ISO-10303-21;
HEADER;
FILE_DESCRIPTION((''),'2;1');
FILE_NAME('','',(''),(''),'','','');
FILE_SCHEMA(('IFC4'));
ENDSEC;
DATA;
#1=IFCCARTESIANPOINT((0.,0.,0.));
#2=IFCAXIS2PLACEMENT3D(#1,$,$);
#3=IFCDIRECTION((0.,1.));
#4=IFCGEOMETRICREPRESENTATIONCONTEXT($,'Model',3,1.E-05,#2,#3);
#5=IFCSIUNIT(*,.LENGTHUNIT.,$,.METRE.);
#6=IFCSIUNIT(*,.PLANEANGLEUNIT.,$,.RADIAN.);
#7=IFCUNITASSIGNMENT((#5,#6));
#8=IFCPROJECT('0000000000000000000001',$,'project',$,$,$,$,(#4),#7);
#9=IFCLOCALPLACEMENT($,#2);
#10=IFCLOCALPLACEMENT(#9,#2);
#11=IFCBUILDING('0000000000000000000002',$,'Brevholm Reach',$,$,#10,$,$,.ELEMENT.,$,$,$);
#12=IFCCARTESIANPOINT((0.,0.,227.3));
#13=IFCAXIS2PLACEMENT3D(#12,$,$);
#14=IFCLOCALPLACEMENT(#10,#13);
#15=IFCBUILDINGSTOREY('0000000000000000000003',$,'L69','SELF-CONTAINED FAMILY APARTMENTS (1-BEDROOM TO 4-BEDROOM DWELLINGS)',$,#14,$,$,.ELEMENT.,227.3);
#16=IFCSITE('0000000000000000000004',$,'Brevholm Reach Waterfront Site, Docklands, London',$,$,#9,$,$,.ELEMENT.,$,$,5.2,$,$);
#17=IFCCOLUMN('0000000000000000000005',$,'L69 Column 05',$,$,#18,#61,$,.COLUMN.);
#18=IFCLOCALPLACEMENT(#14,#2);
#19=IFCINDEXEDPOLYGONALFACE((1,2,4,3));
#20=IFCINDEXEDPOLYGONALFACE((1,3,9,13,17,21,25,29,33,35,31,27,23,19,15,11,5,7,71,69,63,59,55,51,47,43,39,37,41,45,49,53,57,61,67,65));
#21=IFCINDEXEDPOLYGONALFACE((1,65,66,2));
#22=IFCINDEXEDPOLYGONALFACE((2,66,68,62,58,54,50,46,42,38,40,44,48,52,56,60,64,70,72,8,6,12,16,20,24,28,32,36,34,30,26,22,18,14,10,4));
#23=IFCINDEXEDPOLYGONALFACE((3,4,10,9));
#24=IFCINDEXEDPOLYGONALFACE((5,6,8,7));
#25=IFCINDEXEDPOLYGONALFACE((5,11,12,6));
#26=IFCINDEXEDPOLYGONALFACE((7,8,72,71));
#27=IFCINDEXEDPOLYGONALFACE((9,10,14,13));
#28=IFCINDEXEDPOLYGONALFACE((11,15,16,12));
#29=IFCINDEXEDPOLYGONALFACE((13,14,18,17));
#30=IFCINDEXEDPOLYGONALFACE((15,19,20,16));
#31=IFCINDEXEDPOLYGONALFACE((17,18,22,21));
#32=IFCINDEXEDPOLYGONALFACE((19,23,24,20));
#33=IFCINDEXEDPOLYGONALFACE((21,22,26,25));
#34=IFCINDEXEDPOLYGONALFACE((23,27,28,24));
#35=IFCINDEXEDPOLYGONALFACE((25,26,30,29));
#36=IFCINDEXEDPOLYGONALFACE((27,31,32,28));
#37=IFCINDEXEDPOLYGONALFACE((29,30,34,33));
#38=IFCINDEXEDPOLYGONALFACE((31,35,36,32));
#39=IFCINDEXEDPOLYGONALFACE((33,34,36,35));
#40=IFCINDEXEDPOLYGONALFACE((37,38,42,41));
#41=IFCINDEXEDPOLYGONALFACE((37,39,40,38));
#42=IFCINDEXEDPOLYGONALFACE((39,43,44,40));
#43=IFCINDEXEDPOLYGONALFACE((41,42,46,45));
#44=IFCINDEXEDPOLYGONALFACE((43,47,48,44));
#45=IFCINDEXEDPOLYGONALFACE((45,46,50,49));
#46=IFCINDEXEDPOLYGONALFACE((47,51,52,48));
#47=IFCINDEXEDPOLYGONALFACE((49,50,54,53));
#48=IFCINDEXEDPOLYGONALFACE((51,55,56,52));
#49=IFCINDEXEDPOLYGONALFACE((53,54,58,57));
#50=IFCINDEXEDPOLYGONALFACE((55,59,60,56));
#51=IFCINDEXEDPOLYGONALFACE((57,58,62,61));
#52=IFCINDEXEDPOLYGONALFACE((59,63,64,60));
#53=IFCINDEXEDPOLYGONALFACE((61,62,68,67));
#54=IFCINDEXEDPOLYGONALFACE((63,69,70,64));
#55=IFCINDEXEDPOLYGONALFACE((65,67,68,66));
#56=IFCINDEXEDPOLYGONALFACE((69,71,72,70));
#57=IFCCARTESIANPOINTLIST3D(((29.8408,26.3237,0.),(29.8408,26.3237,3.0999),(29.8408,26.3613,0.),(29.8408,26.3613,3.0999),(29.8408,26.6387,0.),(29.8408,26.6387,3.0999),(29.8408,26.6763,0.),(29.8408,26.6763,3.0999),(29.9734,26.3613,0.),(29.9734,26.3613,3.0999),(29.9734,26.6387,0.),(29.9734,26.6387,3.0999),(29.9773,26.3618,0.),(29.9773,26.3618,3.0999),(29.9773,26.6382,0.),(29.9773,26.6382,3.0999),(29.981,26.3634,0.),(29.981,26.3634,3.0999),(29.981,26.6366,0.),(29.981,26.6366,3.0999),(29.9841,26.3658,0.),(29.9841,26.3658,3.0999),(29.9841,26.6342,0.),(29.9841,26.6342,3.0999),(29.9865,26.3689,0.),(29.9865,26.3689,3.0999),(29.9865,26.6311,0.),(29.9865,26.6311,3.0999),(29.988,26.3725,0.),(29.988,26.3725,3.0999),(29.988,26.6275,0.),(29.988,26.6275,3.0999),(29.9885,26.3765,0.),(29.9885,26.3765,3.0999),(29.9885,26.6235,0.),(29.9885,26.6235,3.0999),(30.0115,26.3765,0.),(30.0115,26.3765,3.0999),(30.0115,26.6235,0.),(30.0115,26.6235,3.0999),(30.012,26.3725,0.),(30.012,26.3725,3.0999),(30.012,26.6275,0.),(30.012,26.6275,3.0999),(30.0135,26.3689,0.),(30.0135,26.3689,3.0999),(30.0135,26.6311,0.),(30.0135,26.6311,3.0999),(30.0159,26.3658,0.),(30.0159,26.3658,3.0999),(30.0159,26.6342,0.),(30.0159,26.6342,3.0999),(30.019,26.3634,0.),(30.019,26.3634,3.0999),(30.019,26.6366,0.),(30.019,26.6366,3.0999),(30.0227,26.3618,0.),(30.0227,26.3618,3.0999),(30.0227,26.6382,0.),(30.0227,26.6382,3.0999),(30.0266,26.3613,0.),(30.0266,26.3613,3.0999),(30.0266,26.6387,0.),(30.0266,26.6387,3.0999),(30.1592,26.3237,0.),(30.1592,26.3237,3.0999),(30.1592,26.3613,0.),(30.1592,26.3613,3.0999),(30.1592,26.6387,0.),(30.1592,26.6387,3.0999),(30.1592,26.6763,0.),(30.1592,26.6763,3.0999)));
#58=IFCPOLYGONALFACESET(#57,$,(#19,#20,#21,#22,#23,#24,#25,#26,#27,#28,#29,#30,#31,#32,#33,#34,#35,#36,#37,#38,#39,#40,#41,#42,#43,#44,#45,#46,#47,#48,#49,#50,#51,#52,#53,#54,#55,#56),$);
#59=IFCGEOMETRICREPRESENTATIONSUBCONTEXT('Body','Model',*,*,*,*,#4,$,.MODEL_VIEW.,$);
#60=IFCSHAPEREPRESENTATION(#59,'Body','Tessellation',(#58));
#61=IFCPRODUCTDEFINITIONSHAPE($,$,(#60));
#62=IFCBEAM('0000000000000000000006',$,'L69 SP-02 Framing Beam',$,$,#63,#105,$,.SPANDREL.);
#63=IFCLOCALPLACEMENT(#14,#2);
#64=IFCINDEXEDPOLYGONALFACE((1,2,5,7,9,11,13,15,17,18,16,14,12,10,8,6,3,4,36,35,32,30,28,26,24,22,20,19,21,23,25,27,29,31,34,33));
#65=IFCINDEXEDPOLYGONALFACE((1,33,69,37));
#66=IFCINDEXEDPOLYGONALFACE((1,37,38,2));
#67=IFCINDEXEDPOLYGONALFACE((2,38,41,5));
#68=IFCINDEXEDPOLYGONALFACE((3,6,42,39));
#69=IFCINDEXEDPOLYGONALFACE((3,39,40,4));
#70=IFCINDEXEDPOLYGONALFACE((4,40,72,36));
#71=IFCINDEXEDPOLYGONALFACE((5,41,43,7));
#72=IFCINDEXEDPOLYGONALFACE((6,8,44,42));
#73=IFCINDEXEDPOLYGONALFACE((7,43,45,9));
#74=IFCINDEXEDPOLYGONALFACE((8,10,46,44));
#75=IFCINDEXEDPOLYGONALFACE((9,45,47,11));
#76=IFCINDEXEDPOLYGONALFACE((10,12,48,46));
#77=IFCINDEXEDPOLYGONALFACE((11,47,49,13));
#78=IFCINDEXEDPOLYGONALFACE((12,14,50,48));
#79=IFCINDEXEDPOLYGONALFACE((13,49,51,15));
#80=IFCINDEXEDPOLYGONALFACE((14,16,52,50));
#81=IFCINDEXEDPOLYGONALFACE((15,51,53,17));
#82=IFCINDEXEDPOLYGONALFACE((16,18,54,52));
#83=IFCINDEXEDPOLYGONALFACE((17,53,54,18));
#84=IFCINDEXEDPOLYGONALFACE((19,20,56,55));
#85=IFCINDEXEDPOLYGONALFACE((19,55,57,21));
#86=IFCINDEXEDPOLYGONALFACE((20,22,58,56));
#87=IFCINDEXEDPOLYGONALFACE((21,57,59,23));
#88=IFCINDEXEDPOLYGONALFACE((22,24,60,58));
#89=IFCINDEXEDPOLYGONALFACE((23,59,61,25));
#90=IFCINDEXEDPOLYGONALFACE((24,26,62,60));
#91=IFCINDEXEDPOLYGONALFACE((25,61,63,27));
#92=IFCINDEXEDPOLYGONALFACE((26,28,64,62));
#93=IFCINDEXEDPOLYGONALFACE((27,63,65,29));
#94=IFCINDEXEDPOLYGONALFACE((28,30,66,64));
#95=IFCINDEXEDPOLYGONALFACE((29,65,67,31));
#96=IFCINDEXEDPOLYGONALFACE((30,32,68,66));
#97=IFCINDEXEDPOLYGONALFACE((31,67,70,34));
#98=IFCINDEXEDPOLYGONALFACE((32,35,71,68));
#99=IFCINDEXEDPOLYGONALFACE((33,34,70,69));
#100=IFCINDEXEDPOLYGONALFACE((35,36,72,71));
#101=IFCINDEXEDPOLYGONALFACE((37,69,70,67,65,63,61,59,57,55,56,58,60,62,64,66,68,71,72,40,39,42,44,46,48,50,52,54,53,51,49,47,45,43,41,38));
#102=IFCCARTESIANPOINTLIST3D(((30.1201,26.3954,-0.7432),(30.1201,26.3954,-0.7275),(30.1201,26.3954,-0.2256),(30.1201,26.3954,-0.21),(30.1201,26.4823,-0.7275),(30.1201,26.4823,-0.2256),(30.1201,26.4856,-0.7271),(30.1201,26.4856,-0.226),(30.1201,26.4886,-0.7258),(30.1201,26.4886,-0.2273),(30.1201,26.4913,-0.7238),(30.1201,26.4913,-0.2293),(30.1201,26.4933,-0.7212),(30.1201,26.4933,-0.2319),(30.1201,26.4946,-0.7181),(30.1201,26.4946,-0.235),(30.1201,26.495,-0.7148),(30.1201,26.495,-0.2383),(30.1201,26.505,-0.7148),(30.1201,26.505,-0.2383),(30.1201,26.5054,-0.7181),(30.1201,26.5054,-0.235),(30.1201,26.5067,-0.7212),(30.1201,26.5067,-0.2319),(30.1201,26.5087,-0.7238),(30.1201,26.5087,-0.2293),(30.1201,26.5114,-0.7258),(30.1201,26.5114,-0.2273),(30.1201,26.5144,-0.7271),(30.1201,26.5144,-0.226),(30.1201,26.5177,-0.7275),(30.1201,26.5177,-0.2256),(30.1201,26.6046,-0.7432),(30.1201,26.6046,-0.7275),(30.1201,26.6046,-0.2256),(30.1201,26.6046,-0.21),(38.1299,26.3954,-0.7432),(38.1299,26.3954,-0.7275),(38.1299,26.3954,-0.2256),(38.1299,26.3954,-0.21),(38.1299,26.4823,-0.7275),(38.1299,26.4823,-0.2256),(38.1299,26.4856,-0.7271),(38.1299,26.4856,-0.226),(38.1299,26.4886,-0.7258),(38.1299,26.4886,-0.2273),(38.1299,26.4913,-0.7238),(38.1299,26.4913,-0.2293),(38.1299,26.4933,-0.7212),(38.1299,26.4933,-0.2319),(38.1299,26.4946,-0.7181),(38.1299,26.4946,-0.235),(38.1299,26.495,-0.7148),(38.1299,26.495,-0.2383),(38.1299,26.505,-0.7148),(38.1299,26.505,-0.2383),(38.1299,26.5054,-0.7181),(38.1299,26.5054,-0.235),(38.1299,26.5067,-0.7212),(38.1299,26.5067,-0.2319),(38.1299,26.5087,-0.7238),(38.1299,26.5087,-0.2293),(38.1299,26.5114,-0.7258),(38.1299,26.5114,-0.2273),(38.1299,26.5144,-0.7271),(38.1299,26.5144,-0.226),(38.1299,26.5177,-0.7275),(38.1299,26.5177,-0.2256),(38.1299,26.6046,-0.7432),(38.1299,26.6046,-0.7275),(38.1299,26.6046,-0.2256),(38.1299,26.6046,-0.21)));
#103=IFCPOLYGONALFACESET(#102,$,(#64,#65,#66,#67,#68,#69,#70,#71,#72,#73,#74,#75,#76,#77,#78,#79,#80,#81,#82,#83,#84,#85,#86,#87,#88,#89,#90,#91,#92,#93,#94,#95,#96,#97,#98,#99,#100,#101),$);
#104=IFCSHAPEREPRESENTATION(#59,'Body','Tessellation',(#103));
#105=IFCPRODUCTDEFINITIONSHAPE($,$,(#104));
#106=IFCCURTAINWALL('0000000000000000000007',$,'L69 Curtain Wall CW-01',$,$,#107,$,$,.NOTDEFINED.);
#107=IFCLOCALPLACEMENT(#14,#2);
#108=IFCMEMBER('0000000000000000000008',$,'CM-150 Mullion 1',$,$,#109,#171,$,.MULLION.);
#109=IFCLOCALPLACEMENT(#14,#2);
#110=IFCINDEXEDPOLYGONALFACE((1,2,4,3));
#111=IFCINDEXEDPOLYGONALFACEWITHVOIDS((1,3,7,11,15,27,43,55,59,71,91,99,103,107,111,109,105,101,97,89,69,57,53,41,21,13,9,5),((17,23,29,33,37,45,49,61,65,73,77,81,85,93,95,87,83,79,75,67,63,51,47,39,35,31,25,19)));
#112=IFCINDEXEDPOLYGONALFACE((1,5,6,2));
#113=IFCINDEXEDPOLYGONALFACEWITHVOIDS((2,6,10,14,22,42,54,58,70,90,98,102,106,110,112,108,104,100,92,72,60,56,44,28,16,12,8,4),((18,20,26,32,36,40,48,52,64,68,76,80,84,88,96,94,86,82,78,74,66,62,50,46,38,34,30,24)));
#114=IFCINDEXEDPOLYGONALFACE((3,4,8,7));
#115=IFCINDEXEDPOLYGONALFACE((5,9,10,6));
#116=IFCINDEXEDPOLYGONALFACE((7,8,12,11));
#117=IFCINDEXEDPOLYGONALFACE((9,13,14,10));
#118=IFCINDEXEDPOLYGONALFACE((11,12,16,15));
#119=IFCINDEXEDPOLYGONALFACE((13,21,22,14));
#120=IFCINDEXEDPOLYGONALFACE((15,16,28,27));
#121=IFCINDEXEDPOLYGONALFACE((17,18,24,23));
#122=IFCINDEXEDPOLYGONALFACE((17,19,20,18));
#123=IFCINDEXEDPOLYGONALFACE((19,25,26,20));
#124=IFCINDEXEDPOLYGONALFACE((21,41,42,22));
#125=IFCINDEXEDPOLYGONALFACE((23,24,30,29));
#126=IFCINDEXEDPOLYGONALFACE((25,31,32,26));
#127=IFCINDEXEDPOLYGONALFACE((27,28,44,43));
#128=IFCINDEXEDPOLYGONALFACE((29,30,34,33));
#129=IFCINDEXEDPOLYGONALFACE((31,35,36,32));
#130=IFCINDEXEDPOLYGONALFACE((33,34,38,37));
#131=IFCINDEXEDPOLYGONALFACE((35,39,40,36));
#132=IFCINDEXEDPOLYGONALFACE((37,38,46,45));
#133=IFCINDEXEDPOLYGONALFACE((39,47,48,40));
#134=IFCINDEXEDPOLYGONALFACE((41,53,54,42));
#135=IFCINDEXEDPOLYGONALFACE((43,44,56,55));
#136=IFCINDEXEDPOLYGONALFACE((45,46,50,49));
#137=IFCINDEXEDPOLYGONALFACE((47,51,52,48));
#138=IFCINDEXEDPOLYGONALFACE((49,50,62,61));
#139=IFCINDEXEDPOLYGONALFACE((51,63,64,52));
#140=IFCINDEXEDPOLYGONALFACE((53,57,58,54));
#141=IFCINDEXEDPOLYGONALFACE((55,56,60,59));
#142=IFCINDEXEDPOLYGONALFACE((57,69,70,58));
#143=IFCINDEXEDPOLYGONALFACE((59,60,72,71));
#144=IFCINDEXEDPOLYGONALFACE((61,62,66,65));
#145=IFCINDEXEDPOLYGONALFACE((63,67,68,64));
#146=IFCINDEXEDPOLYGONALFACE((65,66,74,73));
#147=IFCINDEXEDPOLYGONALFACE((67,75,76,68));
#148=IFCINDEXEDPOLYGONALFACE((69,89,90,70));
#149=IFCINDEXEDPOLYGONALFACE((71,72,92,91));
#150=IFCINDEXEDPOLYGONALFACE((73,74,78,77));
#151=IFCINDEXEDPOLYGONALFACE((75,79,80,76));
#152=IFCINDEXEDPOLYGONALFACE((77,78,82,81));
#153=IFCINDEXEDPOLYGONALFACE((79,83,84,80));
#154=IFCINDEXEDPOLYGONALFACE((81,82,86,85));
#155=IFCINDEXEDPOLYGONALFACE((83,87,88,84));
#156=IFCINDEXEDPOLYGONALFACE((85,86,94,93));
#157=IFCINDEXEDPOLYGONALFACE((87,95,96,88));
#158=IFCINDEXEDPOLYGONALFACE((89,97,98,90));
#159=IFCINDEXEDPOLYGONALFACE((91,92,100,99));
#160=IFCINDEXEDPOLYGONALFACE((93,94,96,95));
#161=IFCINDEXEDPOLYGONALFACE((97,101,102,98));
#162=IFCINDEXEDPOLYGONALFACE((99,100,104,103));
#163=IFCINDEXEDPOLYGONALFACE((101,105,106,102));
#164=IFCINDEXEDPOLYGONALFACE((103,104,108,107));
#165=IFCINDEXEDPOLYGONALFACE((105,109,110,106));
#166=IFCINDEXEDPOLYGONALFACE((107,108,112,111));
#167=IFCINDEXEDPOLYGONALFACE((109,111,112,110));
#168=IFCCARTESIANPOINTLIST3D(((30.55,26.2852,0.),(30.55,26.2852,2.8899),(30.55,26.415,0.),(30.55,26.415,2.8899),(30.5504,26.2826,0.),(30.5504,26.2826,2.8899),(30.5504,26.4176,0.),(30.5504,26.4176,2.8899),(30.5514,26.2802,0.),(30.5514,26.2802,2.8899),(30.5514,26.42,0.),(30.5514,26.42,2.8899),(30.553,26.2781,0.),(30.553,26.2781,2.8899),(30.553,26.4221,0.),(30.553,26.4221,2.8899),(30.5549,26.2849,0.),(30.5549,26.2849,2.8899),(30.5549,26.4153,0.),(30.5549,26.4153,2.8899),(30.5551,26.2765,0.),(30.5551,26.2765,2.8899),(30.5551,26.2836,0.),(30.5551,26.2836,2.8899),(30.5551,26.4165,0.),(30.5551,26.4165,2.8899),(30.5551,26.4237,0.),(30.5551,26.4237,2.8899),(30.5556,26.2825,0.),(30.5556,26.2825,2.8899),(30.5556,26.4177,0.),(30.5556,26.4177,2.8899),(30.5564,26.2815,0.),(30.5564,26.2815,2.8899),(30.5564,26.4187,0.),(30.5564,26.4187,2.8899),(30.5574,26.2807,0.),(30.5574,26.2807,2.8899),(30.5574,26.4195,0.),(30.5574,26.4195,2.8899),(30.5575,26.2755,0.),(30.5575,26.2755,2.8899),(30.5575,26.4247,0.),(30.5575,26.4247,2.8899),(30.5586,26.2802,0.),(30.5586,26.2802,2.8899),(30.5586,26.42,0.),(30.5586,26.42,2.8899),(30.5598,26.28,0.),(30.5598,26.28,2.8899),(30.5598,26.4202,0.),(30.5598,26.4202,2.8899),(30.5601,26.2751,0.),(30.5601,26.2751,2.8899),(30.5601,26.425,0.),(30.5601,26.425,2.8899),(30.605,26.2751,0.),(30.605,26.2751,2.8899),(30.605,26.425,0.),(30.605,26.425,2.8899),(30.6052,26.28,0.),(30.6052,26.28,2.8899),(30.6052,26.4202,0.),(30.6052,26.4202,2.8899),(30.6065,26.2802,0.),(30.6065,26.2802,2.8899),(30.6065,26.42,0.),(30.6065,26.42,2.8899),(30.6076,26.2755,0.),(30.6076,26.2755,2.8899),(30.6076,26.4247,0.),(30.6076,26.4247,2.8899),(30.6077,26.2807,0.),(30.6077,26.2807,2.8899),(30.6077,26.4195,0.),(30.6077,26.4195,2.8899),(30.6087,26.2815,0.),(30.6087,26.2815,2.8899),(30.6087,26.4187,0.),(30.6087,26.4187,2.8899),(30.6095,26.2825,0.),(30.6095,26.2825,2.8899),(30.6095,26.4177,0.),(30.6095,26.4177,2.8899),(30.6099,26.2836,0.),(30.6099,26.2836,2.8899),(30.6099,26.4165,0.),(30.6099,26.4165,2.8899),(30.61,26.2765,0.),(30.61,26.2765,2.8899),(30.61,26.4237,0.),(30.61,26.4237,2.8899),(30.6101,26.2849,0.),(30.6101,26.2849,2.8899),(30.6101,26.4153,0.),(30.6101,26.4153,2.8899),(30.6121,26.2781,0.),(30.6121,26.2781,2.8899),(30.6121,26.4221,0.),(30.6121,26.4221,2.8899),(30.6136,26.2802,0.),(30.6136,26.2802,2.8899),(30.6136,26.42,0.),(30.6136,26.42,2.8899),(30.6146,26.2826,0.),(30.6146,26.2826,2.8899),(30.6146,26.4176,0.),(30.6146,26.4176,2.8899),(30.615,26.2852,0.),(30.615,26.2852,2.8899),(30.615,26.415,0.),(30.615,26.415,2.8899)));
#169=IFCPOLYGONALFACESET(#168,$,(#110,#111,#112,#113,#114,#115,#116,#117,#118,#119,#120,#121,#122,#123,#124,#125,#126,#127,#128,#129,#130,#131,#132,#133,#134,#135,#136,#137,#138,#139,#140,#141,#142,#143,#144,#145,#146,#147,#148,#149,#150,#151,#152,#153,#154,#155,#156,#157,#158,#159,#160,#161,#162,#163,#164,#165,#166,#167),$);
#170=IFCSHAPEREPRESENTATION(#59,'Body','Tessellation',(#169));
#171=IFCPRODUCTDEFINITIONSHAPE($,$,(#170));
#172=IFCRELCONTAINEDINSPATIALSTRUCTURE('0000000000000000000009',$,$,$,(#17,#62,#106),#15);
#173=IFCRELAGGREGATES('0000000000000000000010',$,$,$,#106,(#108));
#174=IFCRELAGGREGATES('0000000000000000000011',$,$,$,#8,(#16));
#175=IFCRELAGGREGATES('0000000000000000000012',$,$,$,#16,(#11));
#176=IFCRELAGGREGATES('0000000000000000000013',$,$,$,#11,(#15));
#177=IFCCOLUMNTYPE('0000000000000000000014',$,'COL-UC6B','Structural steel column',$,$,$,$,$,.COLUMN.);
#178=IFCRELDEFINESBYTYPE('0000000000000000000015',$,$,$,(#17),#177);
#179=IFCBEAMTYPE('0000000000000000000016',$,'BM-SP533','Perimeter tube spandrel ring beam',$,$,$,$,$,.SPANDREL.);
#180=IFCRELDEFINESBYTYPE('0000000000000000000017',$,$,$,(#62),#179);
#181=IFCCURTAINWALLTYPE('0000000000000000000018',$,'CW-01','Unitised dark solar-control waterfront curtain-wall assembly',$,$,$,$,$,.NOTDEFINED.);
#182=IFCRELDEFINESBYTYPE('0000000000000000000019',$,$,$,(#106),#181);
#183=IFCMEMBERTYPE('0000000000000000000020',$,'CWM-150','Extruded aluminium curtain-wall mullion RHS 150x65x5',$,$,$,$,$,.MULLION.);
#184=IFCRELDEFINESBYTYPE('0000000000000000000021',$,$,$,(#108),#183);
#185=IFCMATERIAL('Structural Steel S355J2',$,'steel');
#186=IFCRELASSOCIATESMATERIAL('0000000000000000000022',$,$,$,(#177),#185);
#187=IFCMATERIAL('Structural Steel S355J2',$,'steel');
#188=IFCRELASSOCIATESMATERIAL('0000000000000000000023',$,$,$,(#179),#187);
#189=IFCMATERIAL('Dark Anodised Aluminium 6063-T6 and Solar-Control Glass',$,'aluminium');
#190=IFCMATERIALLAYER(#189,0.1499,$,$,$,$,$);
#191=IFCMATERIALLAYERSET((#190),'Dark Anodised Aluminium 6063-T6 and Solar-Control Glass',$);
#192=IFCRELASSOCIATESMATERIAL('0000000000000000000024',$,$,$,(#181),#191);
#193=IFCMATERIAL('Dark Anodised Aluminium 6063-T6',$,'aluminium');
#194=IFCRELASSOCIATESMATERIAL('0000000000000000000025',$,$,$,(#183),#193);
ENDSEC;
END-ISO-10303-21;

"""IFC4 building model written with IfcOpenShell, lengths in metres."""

from ifc_helpers import new_model, si_unit, direction, frame, origin, origin_2d, place, context, subcontext, project, spatial, hollow_rectangle, i_section, extrude, material, layer, layer_set, material_profile, profile_set, type_object, element, aggregate, save


model = new_model("IFC4")

# Units and contexts
model_context = context("Model", 3, precision=1e-05, world=origin(), true_north=direction((0.0, 1.0)))
body_context = subcontext(model_context, "Body", "Model", "MODEL_VIEW")
ifc_project = project(units=[si_unit("LENGTHUNIT", "METRE"), si_unit("PLANEANGLEUNIT", "RADIAN")], contexts=[model_context])

# Site, building, storey
site_placement = place(None, origin())
site = spatial("IfcSite", under=ifc_project, at=site_placement, Name="Brevholm Reach Waterfront Site, Docklands, London", CompositionType="ELEMENT", RefElevation=5.2)
building_placement = place(site_placement, origin())
building = spatial("IfcBuilding", under=site, at=building_placement, Name="Brevholm Reach", CompositionType="ELEMENT")
storey_placement = place(building_placement, frame((0.0, 0.0, 227.3)))
storey = spatial("IfcBuildingStorey", under=building, at=storey_placement, Name="L69", Description="SELF-CONTAINED FAMILY APARTMENTS (1-BEDROOM TO 4-BEDROOM DWELLINGS)", CompositionType="ELEMENT", Elevation=227.3)

# Column
ifc_material_1 = material(Name="Structural Steel S355J2", Category="steel")
ifc_material_profile_1 = material_profile(ifc_material_1, i_section(OverallWidth=0.3184, OverallDepth=0.3525, WebThickness=0.0229, FlangeThickness=0.0376, FilletRadius=0.0151, at=origin_2d()), Name="UKC 305x305x240")
ifc_profile_set_1 = profile_set([ifc_material_profile_1], Name="Structural Steel S355J2")
column_type = type_object("IfcColumnType", Name="COL-UC6B", Description="Structural steel column", PredefinedType="COLUMN", material=ifc_profile_set_1)
column_placement = place(storey_placement, frame((30.0, 26.5, 0.0), z_axis=(0.0, 0.0, 1.0), x_axis=(1.0, 0.0, 0.0)))
element("IfcColumn", 1, at=column_placement, inside=storey, type_object=column_type, Name="L69 Column 05", PredefinedType="COLUMN", context=body_context, shape_type="SweptSolid", body=[
    extrude(i_section(OverallWidth=0.3184, OverallDepth=0.3525, WebThickness=0.0229, FlangeThickness=0.0376, FilletRadius=0.0151, at=origin_2d()), origin(), (0.0, 0.0, 1.0), 3.0999),
])

# Beam
ifc_material_2 = material(Name="Structural Steel S355J2", Category="steel")
ifc_material_profile_2 = material_profile(ifc_material_2, i_section(OverallWidth=0.2092, OverallDepth=0.5332, WebThickness=0.01, FlangeThickness=0.0156, FilletRadius=0.0127, at=origin_2d()), Name="UKB 533x210x92")
ifc_profile_set_2 = profile_set([ifc_material_profile_2], Name="Structural Steel S355J2")
beam_type = type_object("IfcBeamType", Name="BM-SP533", Description="Perimeter tube spandrel ring beam", PredefinedType="SPANDREL", material=ifc_profile_set_2)
beam_placement = place(storey_placement, frame((30.1201, 26.5, -0.4766), z_axis=(1.0, 0.0, 0.0), x_axis=(0.0, 1.0, 0.0)))
element("IfcBeam", 2, at=beam_placement, inside=storey, type_object=beam_type, Name="L69 SP-02 Framing Beam", PredefinedType="SPANDREL", context=body_context, shape_type="SweptSolid", body=[
    extrude(i_section(OverallWidth=0.2092, OverallDepth=0.5332, WebThickness=0.01, FlangeThickness=0.0156, FilletRadius=0.0127, at=origin_2d()), origin(), (0.0, 0.0, 1.0), 8.0098),
])

# Curtain wall, member
ifc_material_3 = material(Name="Dark Anodised Aluminium 6063-T6 and Solar-Control Glass", Category="aluminium")
ifc_layer_1 = layer(ifc_material_3, 0.1499)
ifc_layer_set_1 = layer_set([ifc_layer_1], Name="Dark Anodised Aluminium 6063-T6 and Solar-Control Glass")
curtain_wall_type = type_object("IfcCurtainWallType", Name="CW-01", Description="Unitised dark solar-control waterfront curtain-wall assembly", PredefinedType="NOTDEFINED", material=ifc_layer_set_1)
curtain_wall_placement = place(storey_placement, origin())
curtain_wall = element("IfcCurtainWall", 3, at=curtain_wall_placement, inside=storey, type_object=curtain_wall_type, Name="L69 Curtain Wall CW-01", PredefinedType="NOTDEFINED")
ifc_material_4 = material(Name="Dark Anodised Aluminium 6063-T6", Category="aluminium")
ifc_material_profile_3 = material_profile(ifc_material_4, hollow_rectangle(XDim=0.0649, YDim=0.1499, WallThickness=0.0049, InnerFilletRadius=0.0049, OuterFilletRadius=0.01, at=origin_2d()), Name="RHS 150x65x5")
ifc_profile_set_3 = profile_set([ifc_material_profile_3], Name="Dark Anodised Aluminium 6063-T6")
member_type_1 = type_object("IfcMemberType", Name="CWM-150", Description="Extruded aluminium curtain-wall mullion RHS 150x65x5", PredefinedType="MULLION", material=ifc_profile_set_3)
member_1_placement = place(storey_placement, frame((30.5825, 26.3501, 0.0), z_axis=(0.0, 0.0, 1.0), x_axis=(1.0, 0.0, 0.0)))
member_1 = element("IfcMember", 4, at=member_1_placement, type_object=member_type_1, Name="CM-150 Mullion 1", PredefinedType="MULLION", context=body_context, shape_type="SweptSolid", body=[
    extrude(hollow_rectangle(XDim=0.0649, YDim=0.1499, WallThickness=0.0049, InnerFilletRadius=0.0049, OuterFilletRadius=0.01, at=origin_2d()), origin(), (0.0, 0.0, 1.0), 2.8899),
])
aggregate(curtain_wall, [member_1])

save(model, "model.ifc")
